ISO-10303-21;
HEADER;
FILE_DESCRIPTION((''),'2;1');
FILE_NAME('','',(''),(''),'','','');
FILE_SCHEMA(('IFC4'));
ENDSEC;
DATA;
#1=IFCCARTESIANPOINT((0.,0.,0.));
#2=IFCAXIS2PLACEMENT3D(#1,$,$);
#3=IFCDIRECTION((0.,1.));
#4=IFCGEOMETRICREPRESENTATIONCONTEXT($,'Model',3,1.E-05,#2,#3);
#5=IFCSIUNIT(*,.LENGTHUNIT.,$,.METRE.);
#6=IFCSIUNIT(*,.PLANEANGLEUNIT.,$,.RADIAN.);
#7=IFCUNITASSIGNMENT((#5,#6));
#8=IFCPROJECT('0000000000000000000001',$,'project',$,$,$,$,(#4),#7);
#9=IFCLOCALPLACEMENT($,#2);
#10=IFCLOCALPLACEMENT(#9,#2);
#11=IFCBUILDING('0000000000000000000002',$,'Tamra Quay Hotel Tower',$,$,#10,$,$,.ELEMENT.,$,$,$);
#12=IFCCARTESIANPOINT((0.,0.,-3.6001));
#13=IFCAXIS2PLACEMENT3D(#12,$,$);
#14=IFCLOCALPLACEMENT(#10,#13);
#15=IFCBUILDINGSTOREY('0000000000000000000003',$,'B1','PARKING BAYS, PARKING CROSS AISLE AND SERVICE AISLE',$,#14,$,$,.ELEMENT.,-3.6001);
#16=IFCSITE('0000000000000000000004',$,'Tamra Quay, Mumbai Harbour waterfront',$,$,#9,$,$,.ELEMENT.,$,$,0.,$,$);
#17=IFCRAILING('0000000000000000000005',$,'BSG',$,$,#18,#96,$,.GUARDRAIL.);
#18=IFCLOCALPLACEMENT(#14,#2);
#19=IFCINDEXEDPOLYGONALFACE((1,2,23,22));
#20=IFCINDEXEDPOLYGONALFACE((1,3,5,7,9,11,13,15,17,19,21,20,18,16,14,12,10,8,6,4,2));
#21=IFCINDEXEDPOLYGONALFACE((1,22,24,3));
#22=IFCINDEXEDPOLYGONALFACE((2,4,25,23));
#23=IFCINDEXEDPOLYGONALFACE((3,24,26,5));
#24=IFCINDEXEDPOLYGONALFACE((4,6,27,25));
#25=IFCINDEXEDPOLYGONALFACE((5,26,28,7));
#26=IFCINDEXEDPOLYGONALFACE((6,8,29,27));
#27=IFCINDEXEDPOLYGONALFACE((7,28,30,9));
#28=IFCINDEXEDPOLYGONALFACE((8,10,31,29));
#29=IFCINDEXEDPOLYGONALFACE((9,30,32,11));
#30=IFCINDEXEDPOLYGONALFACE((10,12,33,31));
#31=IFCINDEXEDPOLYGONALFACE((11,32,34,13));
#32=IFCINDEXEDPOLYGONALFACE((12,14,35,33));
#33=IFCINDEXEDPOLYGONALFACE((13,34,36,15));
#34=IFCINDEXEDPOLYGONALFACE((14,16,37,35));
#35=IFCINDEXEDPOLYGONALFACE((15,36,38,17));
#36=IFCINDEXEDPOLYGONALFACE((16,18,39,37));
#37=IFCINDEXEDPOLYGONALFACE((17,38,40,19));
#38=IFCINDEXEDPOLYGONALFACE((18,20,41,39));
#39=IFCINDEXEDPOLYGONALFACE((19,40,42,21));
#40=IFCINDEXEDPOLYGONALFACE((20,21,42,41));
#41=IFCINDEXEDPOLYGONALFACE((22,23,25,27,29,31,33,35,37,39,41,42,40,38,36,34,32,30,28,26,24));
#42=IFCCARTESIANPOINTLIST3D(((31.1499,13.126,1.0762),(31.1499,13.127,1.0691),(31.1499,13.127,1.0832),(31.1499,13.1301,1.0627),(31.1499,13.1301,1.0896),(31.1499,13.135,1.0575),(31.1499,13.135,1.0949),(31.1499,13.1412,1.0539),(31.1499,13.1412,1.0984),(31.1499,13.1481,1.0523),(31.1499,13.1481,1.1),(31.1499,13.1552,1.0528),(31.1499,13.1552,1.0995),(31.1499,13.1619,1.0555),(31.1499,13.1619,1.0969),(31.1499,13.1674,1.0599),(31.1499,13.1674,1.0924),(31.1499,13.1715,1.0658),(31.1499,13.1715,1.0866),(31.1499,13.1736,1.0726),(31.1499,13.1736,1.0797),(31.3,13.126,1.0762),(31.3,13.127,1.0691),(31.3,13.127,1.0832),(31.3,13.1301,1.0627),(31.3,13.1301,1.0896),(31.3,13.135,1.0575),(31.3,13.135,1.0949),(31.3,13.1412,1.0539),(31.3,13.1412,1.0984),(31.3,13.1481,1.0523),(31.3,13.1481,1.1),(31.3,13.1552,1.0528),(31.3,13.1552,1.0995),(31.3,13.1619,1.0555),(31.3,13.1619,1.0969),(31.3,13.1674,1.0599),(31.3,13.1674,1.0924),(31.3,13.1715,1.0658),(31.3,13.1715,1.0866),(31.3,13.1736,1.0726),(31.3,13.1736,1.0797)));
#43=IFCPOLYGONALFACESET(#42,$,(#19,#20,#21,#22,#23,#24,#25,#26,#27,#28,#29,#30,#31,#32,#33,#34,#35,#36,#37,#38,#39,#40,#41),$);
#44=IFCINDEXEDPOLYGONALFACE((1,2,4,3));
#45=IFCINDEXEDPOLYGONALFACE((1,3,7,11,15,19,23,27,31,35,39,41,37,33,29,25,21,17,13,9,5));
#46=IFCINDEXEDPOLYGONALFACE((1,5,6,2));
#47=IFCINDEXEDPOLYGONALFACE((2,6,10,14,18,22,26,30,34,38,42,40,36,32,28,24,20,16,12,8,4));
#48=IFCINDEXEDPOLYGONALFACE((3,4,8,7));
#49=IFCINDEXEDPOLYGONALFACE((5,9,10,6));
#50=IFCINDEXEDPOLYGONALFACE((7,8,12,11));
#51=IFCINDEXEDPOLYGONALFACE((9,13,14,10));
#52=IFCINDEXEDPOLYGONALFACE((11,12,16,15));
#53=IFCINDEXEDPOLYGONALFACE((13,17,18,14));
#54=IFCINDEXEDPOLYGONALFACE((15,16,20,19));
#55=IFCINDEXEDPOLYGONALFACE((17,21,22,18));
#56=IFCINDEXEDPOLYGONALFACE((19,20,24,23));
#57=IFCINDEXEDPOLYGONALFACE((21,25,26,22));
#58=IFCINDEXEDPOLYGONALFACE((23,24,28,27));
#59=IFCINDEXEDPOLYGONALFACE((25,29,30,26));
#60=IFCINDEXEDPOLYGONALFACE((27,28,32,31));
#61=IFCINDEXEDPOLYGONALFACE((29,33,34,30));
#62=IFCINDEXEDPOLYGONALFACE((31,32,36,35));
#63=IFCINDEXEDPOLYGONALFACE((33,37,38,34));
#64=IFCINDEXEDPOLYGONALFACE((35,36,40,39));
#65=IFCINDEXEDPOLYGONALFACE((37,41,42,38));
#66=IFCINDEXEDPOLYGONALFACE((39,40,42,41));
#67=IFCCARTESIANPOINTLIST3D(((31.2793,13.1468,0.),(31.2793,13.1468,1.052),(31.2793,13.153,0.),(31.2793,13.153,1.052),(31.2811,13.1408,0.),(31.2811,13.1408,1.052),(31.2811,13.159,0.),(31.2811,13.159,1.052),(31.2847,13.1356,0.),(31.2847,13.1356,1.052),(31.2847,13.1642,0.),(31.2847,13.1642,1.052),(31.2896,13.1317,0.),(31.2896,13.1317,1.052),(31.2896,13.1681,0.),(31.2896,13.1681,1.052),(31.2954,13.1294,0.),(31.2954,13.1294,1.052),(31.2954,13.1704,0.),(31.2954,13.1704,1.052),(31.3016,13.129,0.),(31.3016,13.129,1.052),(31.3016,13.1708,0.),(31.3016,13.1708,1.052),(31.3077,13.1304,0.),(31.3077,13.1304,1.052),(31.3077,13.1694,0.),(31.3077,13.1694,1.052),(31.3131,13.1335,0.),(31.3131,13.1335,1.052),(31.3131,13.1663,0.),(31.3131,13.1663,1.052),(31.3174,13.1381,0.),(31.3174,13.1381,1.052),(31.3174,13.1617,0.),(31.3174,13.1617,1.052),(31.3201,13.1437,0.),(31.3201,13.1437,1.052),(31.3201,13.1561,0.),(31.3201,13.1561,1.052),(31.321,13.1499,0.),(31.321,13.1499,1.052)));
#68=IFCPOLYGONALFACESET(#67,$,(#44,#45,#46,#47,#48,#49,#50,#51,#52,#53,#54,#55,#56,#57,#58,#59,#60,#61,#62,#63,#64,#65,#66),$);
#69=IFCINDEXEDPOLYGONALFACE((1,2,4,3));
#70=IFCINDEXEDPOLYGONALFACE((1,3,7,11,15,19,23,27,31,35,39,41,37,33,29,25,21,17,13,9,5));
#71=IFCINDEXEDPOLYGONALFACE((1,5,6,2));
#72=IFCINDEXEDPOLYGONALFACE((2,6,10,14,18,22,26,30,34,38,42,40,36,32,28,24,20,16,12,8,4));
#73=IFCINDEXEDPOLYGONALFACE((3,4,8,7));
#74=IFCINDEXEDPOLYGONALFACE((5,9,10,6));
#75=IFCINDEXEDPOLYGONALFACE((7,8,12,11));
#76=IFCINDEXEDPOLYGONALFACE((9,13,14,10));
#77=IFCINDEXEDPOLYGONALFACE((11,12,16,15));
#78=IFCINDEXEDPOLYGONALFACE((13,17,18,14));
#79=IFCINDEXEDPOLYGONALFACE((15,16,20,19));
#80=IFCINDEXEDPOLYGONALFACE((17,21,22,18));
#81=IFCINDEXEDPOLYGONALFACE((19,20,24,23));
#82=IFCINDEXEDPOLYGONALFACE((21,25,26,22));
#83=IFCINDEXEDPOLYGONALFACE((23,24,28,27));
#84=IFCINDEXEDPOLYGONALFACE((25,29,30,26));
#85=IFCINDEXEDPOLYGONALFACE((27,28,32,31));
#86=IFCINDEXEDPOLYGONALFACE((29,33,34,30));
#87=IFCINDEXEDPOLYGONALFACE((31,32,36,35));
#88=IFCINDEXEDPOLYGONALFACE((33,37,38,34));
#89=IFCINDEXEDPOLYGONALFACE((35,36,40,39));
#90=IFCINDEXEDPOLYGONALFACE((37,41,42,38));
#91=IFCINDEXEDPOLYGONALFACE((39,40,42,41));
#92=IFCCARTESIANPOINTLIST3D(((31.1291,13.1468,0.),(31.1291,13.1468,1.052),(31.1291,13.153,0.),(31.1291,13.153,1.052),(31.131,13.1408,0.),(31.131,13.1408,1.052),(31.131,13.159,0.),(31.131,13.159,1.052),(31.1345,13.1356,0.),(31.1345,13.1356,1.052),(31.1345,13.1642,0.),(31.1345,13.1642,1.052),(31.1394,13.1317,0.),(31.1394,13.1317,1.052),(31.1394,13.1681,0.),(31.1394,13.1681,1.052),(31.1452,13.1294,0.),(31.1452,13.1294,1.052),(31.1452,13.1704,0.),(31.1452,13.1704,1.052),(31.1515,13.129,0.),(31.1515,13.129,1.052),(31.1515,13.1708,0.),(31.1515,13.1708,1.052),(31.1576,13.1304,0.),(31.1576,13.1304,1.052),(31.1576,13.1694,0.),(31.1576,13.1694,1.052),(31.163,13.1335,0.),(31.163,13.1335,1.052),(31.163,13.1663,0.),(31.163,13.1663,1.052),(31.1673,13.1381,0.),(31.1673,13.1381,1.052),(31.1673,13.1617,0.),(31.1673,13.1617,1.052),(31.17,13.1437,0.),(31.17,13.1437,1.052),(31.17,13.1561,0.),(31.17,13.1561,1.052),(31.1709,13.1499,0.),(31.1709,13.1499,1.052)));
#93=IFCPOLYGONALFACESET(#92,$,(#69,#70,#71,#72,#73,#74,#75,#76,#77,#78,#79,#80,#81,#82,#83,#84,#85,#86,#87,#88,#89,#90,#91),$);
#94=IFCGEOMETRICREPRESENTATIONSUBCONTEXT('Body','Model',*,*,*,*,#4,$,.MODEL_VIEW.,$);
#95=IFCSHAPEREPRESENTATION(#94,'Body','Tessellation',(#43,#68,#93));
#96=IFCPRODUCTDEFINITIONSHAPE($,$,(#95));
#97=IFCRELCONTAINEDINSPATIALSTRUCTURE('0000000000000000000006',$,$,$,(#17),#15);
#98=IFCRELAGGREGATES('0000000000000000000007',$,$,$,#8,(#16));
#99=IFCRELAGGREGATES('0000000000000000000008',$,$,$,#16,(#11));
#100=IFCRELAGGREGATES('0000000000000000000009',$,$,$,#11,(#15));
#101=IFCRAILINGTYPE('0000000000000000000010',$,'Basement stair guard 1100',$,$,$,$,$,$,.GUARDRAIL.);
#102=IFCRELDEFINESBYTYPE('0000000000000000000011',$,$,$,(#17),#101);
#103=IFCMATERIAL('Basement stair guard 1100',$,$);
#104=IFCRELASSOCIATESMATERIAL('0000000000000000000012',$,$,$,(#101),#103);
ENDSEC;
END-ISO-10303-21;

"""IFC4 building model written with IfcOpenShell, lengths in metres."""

from ifc_helpers import new_model, si_unit, direction, frame, origin, origin_2d, place, context, subcontext, project, spatial, circle, extrude, material, type_object, element, save


model = new_model("IFC4")

# Units and contexts
model_context = context("Model", 3, precision=1e-05, world=origin(), true_north=direction((0.0, 1.0)))
body_context = subcontext(model_context, "Body", "Model", "MODEL_VIEW")
ifc_project = project(units=[si_unit("LENGTHUNIT", "METRE"), si_unit("PLANEANGLEUNIT", "RADIAN")], contexts=[model_context])

# Site, building, storey
site_placement = place(None, origin())
site = spatial("IfcSite", under=ifc_project, at=site_placement, Name="Tamra Quay, Mumbai Harbour waterfront", CompositionType="ELEMENT", RefElevation=0.0)
building_placement = place(site_placement, origin())
building = spatial("IfcBuilding", under=site, at=building_placement, Name="Tamra Quay Hotel Tower", CompositionType="ELEMENT")
storey_placement = place(building_placement, frame((0.0, 0.0, -3.6001)))
storey = spatial("IfcBuildingStorey", under=building, at=storey_placement, Name="B1", Description="PARKING BAYS, PARKING CROSS AISLE AND SERVICE AISLE", CompositionType="ELEMENT", Elevation=-3.6001)

# Railing
ifc_material_1 = material(Name="Basement stair guard 1100")
railing_type_1 = type_object("IfcRailingType", Name="Basement stair guard 1100", PredefinedType="GUARDRAIL", material=ifc_material_1)
railing_1_placement = place(storey_placement, frame((31.3, 13.1499, 0.0)))
element("IfcRailing", 1, at=railing_1_placement, inside=storey, type_object=railing_type_1, Name="BSG", PredefinedType="GUARDRAIL", context=body_context, shape_type="SweptSolid", body=[
    extrude(circle(Radius=0.0239, at=origin_2d()), frame((0.0, 0.0, 1.0762), z_axis=(-1.0, 0.0, 0.0), x_axis=(0.0, -1.0, 0.0)), (0.0, 0.0, 1.0), 0.1501),
    extrude(circle(Radius=0.021, at=origin_2d()), origin(), (0.0, 0.0, 1.0), 1.052),
    extrude(circle(Radius=0.021, at=origin_2d()), frame((-0.1501, 0.0, 0.0)), (0.0, 0.0, 1.0), 1.052),
])

save(model, "model.ifc")
